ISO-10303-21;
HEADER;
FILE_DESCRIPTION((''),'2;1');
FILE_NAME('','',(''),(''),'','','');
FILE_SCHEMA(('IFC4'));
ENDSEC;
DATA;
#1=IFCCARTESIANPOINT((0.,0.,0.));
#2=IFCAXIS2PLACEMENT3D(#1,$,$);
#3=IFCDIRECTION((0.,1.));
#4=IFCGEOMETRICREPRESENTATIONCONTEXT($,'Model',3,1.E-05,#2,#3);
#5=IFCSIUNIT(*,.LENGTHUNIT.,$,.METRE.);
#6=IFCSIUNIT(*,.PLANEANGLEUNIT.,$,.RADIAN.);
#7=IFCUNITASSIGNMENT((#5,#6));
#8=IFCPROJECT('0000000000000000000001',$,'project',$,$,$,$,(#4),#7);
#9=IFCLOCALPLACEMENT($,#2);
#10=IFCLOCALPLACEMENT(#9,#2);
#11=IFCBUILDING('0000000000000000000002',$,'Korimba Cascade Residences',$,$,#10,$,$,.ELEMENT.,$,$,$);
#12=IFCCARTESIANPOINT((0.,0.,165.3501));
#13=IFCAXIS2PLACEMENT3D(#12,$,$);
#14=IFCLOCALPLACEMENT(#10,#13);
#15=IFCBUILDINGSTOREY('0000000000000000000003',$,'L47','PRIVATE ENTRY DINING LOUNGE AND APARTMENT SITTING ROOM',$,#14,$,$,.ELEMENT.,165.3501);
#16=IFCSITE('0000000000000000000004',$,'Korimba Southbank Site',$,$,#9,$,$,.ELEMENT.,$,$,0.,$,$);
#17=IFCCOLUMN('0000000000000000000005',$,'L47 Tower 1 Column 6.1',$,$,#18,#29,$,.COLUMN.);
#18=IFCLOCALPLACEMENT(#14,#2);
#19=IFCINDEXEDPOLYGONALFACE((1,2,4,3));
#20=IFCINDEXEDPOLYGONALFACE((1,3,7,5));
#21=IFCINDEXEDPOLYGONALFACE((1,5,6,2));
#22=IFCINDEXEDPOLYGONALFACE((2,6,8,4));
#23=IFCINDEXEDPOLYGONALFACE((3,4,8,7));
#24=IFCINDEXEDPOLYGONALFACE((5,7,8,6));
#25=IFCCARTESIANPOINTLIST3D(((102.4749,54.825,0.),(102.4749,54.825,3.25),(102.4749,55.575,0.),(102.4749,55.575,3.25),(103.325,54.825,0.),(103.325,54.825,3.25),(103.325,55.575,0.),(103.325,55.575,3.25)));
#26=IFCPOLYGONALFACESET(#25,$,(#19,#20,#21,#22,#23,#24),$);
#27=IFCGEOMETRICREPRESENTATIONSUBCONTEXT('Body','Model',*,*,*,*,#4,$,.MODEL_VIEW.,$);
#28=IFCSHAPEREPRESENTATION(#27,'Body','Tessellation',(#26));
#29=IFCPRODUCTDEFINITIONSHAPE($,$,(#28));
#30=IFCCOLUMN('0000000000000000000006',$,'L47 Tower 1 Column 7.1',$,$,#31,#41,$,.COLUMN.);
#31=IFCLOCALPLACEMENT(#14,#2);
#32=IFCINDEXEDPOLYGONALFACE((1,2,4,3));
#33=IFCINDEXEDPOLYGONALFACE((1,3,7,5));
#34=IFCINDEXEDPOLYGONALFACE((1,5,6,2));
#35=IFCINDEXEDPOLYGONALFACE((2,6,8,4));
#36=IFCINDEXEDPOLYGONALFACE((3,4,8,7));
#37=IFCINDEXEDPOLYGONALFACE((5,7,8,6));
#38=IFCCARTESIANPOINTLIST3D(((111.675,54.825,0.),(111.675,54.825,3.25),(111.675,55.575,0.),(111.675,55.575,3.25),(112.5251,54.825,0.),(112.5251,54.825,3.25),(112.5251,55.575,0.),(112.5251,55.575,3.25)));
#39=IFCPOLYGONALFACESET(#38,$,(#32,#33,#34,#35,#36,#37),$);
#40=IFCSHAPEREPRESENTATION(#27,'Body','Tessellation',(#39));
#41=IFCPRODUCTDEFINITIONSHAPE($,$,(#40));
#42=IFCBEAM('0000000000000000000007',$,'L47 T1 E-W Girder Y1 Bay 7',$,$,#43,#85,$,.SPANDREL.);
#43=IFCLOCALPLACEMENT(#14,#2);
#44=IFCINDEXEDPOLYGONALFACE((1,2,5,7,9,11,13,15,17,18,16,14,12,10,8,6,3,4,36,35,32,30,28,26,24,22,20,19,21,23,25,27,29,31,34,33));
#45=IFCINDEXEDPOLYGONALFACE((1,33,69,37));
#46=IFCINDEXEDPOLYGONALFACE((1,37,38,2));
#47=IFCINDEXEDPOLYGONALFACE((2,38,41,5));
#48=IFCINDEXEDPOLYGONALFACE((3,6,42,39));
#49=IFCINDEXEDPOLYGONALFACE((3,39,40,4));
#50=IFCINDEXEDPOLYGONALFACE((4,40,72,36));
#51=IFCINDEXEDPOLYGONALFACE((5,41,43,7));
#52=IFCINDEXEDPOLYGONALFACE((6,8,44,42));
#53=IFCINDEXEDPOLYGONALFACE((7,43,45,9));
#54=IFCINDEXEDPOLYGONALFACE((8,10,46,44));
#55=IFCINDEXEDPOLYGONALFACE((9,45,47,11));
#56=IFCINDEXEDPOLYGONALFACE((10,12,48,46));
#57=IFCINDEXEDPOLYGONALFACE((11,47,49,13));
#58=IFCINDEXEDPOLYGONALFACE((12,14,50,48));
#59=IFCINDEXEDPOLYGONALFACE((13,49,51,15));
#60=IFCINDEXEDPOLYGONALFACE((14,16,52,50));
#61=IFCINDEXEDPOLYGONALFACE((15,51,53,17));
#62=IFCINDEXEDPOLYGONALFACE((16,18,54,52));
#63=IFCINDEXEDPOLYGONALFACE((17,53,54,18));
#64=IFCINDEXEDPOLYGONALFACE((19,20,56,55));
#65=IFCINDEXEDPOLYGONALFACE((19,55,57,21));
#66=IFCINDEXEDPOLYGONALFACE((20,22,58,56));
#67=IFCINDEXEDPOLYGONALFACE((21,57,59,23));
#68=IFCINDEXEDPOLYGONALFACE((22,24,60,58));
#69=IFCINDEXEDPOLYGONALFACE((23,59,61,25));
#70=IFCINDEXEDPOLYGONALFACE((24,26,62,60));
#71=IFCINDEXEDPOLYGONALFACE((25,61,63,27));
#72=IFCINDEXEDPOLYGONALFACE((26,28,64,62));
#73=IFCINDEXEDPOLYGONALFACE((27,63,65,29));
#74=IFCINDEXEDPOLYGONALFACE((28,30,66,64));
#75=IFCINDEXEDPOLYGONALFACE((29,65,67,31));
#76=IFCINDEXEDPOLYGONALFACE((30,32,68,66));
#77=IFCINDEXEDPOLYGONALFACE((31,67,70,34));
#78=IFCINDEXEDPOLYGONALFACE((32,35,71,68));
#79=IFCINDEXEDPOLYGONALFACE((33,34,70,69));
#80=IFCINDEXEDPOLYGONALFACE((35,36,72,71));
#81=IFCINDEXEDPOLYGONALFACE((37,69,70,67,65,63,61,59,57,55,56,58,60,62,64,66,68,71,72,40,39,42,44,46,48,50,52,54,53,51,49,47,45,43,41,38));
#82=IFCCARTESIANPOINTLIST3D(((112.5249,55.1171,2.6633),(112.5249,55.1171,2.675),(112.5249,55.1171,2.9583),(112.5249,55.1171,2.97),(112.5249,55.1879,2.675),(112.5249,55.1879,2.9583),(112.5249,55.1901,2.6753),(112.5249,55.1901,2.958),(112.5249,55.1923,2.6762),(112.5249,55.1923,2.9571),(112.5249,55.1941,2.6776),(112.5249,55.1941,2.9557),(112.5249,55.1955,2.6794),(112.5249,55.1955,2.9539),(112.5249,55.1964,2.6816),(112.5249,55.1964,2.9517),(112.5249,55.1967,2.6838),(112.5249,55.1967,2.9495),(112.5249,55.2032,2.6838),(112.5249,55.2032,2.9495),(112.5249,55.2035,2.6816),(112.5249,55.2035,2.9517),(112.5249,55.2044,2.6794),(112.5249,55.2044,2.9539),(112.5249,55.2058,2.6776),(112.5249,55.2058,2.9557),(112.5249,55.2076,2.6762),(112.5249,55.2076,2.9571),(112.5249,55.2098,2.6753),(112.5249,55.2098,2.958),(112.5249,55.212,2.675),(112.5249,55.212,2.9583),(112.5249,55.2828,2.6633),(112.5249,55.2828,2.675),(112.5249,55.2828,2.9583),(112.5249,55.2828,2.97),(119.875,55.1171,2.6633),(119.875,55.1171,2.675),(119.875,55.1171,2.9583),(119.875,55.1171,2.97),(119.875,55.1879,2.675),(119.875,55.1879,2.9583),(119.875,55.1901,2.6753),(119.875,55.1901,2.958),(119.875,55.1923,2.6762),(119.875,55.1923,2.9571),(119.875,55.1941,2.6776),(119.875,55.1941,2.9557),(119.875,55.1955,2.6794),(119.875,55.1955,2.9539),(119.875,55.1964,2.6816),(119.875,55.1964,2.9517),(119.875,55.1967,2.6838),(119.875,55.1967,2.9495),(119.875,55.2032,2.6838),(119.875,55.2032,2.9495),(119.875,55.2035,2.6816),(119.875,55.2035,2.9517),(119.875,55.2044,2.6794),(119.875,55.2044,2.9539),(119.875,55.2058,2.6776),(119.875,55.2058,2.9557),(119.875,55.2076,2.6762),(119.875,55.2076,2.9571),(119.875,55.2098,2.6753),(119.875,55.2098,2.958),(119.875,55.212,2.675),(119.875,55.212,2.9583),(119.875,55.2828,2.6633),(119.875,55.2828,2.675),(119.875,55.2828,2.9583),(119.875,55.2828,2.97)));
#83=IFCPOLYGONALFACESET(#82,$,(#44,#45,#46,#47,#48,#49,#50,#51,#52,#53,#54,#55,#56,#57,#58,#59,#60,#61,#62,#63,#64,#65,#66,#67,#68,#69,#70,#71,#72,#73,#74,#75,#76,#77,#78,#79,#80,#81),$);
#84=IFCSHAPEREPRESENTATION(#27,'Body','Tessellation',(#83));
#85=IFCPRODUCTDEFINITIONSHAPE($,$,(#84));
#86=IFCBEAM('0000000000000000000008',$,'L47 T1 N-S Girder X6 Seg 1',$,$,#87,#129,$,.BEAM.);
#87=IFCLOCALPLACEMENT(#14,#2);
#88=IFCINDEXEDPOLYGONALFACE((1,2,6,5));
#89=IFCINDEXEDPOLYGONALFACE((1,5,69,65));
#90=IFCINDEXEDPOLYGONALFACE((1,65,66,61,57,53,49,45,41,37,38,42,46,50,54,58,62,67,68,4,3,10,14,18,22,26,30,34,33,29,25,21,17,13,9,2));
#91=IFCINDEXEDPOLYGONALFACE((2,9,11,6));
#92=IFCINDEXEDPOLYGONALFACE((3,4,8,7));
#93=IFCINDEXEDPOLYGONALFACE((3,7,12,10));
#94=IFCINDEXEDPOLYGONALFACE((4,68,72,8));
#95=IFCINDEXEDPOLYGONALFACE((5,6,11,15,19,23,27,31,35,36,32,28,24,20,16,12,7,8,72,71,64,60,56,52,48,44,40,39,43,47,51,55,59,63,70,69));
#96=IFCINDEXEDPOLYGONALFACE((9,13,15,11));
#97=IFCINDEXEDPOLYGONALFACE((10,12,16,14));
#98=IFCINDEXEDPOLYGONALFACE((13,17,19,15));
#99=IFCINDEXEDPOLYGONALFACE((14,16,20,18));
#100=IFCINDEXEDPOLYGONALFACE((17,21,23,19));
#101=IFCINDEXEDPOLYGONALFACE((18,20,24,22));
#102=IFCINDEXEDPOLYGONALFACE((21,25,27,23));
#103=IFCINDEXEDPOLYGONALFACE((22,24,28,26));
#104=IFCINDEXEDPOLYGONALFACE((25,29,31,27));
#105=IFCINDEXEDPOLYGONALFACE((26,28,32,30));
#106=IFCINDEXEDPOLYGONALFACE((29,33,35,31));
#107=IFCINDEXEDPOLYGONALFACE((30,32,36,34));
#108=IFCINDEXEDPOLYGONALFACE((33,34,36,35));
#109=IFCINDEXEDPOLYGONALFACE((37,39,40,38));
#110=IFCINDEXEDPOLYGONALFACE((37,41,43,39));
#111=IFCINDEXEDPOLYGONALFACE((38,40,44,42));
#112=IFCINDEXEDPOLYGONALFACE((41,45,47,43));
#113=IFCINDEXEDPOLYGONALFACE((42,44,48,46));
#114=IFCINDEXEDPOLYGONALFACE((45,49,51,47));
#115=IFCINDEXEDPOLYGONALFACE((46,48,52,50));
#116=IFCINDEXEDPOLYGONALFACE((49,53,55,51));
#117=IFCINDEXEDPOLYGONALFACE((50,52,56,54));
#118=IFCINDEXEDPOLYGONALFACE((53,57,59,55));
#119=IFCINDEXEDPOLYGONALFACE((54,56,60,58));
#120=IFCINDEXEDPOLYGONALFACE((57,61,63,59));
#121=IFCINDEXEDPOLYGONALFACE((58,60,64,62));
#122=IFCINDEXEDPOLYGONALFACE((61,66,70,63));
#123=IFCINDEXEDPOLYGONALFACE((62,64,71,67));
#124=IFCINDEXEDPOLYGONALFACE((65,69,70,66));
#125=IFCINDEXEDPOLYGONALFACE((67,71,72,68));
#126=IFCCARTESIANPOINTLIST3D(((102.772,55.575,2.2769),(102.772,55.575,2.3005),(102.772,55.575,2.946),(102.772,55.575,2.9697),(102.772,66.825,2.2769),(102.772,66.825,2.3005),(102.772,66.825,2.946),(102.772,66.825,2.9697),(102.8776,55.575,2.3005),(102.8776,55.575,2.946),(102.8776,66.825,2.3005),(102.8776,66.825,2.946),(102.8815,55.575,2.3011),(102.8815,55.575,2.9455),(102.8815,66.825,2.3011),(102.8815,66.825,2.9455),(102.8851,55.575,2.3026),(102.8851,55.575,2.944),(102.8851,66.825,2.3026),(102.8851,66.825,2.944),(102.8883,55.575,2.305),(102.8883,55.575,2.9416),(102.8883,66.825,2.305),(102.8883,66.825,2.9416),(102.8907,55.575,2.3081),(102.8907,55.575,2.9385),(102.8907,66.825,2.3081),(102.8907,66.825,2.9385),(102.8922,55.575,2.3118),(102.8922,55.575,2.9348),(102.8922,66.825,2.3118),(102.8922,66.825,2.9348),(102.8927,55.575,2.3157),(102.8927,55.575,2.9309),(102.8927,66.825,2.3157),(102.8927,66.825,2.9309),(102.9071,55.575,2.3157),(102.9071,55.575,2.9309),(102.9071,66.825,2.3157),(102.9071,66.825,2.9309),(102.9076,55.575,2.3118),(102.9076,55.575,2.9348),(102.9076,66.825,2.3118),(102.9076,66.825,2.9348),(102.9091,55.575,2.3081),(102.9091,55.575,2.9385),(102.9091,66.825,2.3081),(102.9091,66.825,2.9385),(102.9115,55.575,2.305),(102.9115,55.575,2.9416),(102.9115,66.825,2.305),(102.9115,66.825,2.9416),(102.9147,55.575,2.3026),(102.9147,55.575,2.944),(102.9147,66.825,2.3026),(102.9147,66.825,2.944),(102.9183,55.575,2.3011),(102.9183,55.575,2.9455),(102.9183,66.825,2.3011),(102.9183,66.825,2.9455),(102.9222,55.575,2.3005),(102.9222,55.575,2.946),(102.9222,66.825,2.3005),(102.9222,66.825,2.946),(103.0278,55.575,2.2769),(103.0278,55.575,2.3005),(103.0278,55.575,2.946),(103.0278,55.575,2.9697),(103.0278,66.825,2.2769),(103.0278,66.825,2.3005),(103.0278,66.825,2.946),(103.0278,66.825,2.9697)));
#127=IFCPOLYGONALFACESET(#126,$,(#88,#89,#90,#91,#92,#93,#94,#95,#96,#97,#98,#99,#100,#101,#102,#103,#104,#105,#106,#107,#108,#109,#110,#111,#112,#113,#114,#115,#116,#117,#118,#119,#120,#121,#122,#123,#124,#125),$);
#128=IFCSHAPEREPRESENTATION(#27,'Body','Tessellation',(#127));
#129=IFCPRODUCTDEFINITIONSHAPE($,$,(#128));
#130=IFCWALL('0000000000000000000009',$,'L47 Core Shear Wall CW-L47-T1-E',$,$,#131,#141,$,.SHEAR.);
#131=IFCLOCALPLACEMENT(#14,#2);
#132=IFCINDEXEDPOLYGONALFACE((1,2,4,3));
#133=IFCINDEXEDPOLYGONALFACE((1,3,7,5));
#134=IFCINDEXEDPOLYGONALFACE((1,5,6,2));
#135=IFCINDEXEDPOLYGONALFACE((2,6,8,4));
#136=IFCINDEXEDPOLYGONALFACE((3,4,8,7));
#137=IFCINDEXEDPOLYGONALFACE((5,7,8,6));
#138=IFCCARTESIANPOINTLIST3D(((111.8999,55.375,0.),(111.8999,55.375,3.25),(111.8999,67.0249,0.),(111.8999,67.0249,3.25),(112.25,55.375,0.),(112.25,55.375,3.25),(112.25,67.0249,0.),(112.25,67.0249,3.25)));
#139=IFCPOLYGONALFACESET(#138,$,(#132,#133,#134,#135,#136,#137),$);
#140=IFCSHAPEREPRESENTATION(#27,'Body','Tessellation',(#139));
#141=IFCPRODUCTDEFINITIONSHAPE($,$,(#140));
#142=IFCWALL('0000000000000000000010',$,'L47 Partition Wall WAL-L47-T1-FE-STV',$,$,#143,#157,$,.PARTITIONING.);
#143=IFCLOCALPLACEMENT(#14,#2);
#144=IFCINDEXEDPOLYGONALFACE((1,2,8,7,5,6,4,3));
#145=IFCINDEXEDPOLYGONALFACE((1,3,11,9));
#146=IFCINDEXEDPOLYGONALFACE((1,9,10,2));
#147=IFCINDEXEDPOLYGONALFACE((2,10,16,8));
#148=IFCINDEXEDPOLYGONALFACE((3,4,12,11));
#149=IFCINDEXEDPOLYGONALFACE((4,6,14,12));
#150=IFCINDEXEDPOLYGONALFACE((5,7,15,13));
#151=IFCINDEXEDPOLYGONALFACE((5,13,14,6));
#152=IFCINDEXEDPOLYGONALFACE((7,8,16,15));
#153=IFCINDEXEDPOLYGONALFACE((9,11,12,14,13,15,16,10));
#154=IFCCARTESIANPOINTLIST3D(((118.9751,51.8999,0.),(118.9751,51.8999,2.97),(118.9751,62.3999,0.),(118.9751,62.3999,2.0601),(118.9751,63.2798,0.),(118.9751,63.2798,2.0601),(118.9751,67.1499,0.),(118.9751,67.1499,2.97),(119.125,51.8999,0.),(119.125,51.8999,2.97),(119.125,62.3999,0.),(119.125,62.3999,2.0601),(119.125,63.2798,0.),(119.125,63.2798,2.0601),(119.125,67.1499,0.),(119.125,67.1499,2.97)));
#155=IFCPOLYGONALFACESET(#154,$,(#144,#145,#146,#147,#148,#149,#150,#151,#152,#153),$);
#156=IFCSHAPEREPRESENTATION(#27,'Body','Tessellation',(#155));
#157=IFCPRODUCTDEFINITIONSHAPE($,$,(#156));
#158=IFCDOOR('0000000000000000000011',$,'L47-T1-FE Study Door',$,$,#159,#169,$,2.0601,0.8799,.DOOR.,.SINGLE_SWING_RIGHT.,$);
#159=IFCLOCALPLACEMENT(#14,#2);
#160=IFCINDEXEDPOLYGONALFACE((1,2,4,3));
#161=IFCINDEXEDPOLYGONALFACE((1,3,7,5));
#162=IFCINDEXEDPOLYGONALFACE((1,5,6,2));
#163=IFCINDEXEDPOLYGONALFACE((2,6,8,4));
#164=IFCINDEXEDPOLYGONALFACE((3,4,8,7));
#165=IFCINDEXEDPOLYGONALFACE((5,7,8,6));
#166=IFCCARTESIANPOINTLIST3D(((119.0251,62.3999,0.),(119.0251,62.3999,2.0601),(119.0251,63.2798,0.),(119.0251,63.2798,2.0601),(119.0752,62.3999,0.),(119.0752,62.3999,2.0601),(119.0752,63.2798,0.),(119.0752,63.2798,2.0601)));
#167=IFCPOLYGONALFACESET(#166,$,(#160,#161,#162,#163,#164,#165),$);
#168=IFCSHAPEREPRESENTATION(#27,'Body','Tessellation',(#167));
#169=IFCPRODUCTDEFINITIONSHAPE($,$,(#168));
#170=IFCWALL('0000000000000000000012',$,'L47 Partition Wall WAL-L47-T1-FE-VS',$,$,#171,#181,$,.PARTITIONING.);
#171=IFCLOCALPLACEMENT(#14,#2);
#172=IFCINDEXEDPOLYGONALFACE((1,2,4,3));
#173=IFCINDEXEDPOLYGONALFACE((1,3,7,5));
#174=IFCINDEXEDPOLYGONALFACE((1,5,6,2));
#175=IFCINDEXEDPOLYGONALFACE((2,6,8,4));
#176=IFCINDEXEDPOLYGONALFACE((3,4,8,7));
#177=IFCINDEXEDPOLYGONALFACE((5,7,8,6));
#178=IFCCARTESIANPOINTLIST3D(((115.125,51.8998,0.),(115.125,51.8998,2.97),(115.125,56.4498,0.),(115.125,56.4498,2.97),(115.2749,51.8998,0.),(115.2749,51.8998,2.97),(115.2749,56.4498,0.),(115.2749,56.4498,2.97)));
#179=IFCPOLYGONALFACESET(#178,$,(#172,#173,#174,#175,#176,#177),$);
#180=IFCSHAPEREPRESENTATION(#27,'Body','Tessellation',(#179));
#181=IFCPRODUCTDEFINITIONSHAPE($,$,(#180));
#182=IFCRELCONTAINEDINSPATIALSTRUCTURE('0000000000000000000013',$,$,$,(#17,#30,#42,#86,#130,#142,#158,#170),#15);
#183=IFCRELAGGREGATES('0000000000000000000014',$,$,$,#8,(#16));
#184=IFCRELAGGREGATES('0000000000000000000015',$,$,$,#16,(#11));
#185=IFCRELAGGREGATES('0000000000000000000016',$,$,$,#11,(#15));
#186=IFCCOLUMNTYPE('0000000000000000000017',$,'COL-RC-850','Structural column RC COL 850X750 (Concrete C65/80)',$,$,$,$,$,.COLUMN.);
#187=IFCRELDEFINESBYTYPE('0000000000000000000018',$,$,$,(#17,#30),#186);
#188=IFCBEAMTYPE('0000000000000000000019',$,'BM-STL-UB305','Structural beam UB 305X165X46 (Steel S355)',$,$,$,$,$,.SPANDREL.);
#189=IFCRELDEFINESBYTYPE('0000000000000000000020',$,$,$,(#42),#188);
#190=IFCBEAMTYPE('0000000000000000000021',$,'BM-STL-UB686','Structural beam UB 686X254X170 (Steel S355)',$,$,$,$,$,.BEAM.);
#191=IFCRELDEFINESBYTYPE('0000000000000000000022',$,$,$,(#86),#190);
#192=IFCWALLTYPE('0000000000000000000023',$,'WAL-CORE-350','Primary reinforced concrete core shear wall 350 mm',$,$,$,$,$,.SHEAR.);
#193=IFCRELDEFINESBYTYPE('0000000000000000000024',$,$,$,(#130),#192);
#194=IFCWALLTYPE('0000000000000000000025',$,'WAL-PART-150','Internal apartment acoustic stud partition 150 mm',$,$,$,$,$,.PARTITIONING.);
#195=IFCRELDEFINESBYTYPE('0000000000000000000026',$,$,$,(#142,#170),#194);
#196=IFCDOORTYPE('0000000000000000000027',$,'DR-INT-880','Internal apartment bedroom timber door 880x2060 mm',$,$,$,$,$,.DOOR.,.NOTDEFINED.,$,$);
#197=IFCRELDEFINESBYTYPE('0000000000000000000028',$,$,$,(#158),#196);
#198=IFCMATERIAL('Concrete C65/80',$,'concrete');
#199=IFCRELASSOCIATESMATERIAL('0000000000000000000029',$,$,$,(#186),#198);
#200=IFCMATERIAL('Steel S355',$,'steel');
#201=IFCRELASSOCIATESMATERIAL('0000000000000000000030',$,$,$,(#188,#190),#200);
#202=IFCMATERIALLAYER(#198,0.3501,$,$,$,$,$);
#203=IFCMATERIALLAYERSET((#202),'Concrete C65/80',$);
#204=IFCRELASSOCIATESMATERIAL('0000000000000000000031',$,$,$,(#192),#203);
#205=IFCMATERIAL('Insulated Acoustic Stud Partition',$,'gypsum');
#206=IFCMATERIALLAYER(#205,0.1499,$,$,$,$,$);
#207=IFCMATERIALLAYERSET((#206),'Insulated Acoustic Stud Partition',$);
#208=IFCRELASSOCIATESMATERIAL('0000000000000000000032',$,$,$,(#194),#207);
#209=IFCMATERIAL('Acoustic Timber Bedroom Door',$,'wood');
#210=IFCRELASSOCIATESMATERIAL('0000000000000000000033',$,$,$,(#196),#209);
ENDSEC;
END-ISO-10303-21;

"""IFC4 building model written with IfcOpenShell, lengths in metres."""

from ifc_helpers import new_model, si_unit, direction, frame, frame_2d, origin, origin_2d, place, context, subcontext, project, spatial, rectangle, i_section, extrude, material, layer, layer_set, material_profile, profile_set, type_object, element, fill, save


model = new_model("IFC4")

# Units and contexts
model_context = context("Model", 3, precision=1e-05, world=origin(), true_north=direction((0.0, 1.0)))
body_context = subcontext(model_context, "Body", "Model", "MODEL_VIEW")
ifc_project = project(units=[si_unit("LENGTHUNIT", "METRE"), si_unit("PLANEANGLEUNIT", "RADIAN")], contexts=[model_context])

# Site, building, storey
site_placement = place(None, origin())
site = spatial("IfcSite", under=ifc_project, at=site_placement, Name="Korimba Southbank Site", CompositionType="ELEMENT", RefElevation=0.0)
building_placement = place(site_placement, origin())
building = spatial("IfcBuilding", under=site, at=building_placement, Name="Korimba Cascade Residences", CompositionType="ELEMENT")
storey_placement = place(building_placement, frame((0.0, 0.0, 165.3501)))
storey = spatial("IfcBuildingStorey", under=building, at=storey_placement, Name="L47", Description="PRIVATE ENTRY DINING LOUNGE AND APARTMENT SITTING ROOM", CompositionType="ELEMENT", Elevation=165.3501)

# Columns
ifc_material_1 = material(Name="Concrete C65/80", Category="concrete")
ifc_material_profile_1 = material_profile(ifc_material_1, rectangle(XDim=0.8501, YDim=0.75, at=origin_2d()), Name="Concrete C65/80")
ifc_profile_set_1 = profile_set([ifc_material_profile_1], Name="Concrete C65/80")
column_type = type_object("IfcColumnType", Name="COL-RC-850", Description="Structural column RC COL 850X750 (Concrete C65/80)", PredefinedType="COLUMN", material=ifc_profile_set_1)
for number, where, z_axis, x_axis, name in (
    (1, (102.8999, 55.2, 0.0), (0.0, 0.0, 1.0), (1.0, 0.0, 0.0), "L47 Tower 1 Column 6.1"),
    (2, (112.1001, 55.2, 0.0), (0.0, 0.0, 1.0), (1.0, 0.0, 0.0), "L47 Tower 1 Column 7.1"),
):
    element("IfcColumn", number, at=place(storey_placement, frame(where, z_axis=z_axis, x_axis=x_axis)), inside=storey, type_object=column_type, Name=name, PredefinedType="COLUMN", context=body_context, shape_type="SweptSolid", body=[
        extrude(rectangle(XDim=0.8501, YDim=0.75, at=origin_2d()), origin(), (0.0, 0.0, 1.0), 3.25),
    ])

# Beams
ifc_material_2 = material(Name="Steel S355", Category="steel")
ifc_material_profile_2 = material_profile(ifc_material_2, i_section(OverallWidth=0.1658, OverallDepth=0.3066, WebThickness=0.0066, FlangeThickness=0.0117, FilletRadius=0.0088, at=origin_2d()), Name="Steel S355")
ifc_profile_set_2 = profile_set([ifc_material_profile_2], Name="Steel S355")
beam_type_1 = type_object("IfcBeamType", Name="BM-STL-UB305", Description="Structural beam UB 305X165X46 (Steel S355)", PredefinedType="SPANDREL", material=ifc_profile_set_2)
beam_1_placement = place(storey_placement, frame((112.5249, 55.2, 2.8167), z_axis=(1.0, 0.0, 0.0), x_axis=(0.0, 1.0, 0.0)))
element("IfcBeam", 3, at=beam_1_placement, inside=storey, type_object=beam_type_1, Name="L47 T1 E-W Girder Y1 Bay 7", PredefinedType="SPANDREL", context=body_context, shape_type="SweptSolid", body=[
    extrude(i_section(OverallWidth=0.1658, OverallDepth=0.3066, WebThickness=0.0066, FlangeThickness=0.0117, FilletRadius=0.0088, at=origin_2d()), origin(), (0.0, 0.0, 1.0), 7.3501),
])
ifc_material_profile_3 = material_profile(ifc_material_2, i_section(OverallWidth=0.2559, OverallDepth=0.6929, WebThickness=0.0144, FlangeThickness=0.0237, FilletRadius=0.0151, at=origin_2d()), Name="Steel S355")
ifc_profile_set_3 = profile_set([ifc_material_profile_3], Name="Steel S355")
beam_type_2 = type_object("IfcBeamType", Name="BM-STL-UB686", Description="Structural beam UB 686X254X170 (Steel S355)", PredefinedType="BEAM", material=ifc_profile_set_3)
beam_2_placement = place(storey_placement, frame((102.8999, 55.575, 2.6233), z_axis=(0.0, 1.0, 0.0), x_axis=(-1.0, 0.0, 0.0)))
element("IfcBeam", 4, at=beam_2_placement, inside=storey, type_object=beam_type_2, Name="L47 T1 N-S Girder X6 Seg 1", PredefinedType="BEAM", context=body_context, shape_type="SweptSolid", body=[
    extrude(i_section(OverallWidth=0.2559, OverallDepth=0.6929, WebThickness=0.0144, FlangeThickness=0.0237, FilletRadius=0.0151, at=origin_2d()), origin(), (0.0, 0.0, 1.0), 11.25),
])

# Wall
ifc_layer_1 = layer(ifc_material_1, 0.3501)
ifc_layer_set_1 = layer_set([ifc_layer_1], Name="Concrete C65/80")
wall_type_1 = type_object("IfcWallType", Name="WAL-CORE-350", Description="Primary reinforced concrete core shear wall 350 mm", PredefinedType="SHEAR", material=ifc_layer_set_1)
wall_1_placement = place(storey_placement, frame((112.075, 55.375, 0.0), z_axis=(0.0, 0.0, 1.0), x_axis=(0.0, 1.0, 0.0)))
element("IfcWall", 5, at=wall_1_placement, inside=storey, type_object=wall_type_1, Name="L47 Core Shear Wall CW-L47-T1-E", PredefinedType="SHEAR", context=body_context, shape_type="SweptSolid", body=[
    extrude(rectangle(XDim=11.6499, YDim=0.3501, at=frame_2d((5.825, 0.0))), origin(), (0.0, 0.0, 1.0), 3.25),
])

# Wall, opening, door
ifc_material_3 = material(Name="Insulated Acoustic Stud Partition", Category="gypsum")
ifc_layer_2 = layer(ifc_material_3, 0.1499)
ifc_layer_set_2 = layer_set([ifc_layer_2], Name="Insulated Acoustic Stud Partition")
wall_type_2 = type_object("IfcWallType", Name="WAL-PART-150", Description="Internal apartment acoustic stud partition 150 mm", PredefinedType="PARTITIONING", material=ifc_layer_set_2)
wall_2_placement = place(storey_placement, frame((119.05, 51.8999, 0.0), z_axis=(0.0, 0.0, 1.0), x_axis=(0.0, 1.0, 0.0)))
wall_2 = element("IfcWall", 6, at=wall_2_placement, inside=storey, type_object=wall_type_2, Name="L47 Partition Wall WAL-L47-T1-FE-STV", PredefinedType="PARTITIONING", context=body_context, shape_type="SweptSolid", body=[
    extrude(rectangle(XDim=15.25, YDim=0.1499, at=frame_2d((7.625, 0.0))), origin(), (0.0, 0.0, 1.0), 2.97),
])
opening_1_placement = place(wall_2_placement, frame((10.5, 0.0, 0.0)))
opening_1 = element("IfcOpeningElement", 7, at=opening_1_placement, cuts=wall_2, PredefinedType="OPENING", context=body_context, shape_type="SweptSolid", body=[
    extrude(rectangle(XDim=0.8799, YDim=2.0601, at=frame_2d((0.4399, 1.03))), frame((0.0, 0.085, 0.0), z_axis=(0.0, -1.0, 0.0), x_axis=(1.0, 0.0, 0.0)), (0.0, 0.0, 1.0), 0.1699),
])
ifc_material_4 = material(Name="Acoustic Timber Bedroom Door", Category="wood")
door_type_1 = type_object("IfcDoorType", Name="DR-INT-880", Description="Internal apartment bedroom timber door 880x2060 mm", OperationType="NOTDEFINED", PredefinedType="DOOR", material=ifc_material_4)
door_1_placement = place(opening_1_placement, origin())
door_1 = element("IfcDoor", 8, at=door_1_placement, inside=storey, type_object=door_type_1, Name="L47-T1-FE Study Door", OperationType="SINGLE_SWING_RIGHT", OverallHeight=2.0601, OverallWidth=0.8799, PredefinedType="DOOR", context=body_context, shape_type="SweptSolid", body=[
    extrude(rectangle(XDim=0.8799, YDim=2.0601, at=frame_2d((0.4399, 1.03))), frame((0.0, 0.0249, 0.0), z_axis=(0.0, -1.0, 0.0), x_axis=(1.0, 0.0, 0.0)), (0.0, 0.0, 1.0), 0.05),
])
fill(opening_1, door_1)

# Wall
wall_3_placement = place(storey_placement, frame((115.2, 51.8999, 0.0), z_axis=(0.0, 0.0, 1.0), x_axis=(0.0, 1.0, 0.0)))
element("IfcWall", 9, at=wall_3_placement, inside=storey, type_object=wall_type_2, Name="L47 Partition Wall WAL-L47-T1-FE-VS", PredefinedType="PARTITIONING", context=body_context, shape_type="SweptSolid", body=[
    extrude(rectangle(XDim=4.55, YDim=0.1499, at=frame_2d((2.2749, 0.0))), origin(), (0.0, 0.0, 1.0), 2.97),
])

save(model, "model.ifc")
